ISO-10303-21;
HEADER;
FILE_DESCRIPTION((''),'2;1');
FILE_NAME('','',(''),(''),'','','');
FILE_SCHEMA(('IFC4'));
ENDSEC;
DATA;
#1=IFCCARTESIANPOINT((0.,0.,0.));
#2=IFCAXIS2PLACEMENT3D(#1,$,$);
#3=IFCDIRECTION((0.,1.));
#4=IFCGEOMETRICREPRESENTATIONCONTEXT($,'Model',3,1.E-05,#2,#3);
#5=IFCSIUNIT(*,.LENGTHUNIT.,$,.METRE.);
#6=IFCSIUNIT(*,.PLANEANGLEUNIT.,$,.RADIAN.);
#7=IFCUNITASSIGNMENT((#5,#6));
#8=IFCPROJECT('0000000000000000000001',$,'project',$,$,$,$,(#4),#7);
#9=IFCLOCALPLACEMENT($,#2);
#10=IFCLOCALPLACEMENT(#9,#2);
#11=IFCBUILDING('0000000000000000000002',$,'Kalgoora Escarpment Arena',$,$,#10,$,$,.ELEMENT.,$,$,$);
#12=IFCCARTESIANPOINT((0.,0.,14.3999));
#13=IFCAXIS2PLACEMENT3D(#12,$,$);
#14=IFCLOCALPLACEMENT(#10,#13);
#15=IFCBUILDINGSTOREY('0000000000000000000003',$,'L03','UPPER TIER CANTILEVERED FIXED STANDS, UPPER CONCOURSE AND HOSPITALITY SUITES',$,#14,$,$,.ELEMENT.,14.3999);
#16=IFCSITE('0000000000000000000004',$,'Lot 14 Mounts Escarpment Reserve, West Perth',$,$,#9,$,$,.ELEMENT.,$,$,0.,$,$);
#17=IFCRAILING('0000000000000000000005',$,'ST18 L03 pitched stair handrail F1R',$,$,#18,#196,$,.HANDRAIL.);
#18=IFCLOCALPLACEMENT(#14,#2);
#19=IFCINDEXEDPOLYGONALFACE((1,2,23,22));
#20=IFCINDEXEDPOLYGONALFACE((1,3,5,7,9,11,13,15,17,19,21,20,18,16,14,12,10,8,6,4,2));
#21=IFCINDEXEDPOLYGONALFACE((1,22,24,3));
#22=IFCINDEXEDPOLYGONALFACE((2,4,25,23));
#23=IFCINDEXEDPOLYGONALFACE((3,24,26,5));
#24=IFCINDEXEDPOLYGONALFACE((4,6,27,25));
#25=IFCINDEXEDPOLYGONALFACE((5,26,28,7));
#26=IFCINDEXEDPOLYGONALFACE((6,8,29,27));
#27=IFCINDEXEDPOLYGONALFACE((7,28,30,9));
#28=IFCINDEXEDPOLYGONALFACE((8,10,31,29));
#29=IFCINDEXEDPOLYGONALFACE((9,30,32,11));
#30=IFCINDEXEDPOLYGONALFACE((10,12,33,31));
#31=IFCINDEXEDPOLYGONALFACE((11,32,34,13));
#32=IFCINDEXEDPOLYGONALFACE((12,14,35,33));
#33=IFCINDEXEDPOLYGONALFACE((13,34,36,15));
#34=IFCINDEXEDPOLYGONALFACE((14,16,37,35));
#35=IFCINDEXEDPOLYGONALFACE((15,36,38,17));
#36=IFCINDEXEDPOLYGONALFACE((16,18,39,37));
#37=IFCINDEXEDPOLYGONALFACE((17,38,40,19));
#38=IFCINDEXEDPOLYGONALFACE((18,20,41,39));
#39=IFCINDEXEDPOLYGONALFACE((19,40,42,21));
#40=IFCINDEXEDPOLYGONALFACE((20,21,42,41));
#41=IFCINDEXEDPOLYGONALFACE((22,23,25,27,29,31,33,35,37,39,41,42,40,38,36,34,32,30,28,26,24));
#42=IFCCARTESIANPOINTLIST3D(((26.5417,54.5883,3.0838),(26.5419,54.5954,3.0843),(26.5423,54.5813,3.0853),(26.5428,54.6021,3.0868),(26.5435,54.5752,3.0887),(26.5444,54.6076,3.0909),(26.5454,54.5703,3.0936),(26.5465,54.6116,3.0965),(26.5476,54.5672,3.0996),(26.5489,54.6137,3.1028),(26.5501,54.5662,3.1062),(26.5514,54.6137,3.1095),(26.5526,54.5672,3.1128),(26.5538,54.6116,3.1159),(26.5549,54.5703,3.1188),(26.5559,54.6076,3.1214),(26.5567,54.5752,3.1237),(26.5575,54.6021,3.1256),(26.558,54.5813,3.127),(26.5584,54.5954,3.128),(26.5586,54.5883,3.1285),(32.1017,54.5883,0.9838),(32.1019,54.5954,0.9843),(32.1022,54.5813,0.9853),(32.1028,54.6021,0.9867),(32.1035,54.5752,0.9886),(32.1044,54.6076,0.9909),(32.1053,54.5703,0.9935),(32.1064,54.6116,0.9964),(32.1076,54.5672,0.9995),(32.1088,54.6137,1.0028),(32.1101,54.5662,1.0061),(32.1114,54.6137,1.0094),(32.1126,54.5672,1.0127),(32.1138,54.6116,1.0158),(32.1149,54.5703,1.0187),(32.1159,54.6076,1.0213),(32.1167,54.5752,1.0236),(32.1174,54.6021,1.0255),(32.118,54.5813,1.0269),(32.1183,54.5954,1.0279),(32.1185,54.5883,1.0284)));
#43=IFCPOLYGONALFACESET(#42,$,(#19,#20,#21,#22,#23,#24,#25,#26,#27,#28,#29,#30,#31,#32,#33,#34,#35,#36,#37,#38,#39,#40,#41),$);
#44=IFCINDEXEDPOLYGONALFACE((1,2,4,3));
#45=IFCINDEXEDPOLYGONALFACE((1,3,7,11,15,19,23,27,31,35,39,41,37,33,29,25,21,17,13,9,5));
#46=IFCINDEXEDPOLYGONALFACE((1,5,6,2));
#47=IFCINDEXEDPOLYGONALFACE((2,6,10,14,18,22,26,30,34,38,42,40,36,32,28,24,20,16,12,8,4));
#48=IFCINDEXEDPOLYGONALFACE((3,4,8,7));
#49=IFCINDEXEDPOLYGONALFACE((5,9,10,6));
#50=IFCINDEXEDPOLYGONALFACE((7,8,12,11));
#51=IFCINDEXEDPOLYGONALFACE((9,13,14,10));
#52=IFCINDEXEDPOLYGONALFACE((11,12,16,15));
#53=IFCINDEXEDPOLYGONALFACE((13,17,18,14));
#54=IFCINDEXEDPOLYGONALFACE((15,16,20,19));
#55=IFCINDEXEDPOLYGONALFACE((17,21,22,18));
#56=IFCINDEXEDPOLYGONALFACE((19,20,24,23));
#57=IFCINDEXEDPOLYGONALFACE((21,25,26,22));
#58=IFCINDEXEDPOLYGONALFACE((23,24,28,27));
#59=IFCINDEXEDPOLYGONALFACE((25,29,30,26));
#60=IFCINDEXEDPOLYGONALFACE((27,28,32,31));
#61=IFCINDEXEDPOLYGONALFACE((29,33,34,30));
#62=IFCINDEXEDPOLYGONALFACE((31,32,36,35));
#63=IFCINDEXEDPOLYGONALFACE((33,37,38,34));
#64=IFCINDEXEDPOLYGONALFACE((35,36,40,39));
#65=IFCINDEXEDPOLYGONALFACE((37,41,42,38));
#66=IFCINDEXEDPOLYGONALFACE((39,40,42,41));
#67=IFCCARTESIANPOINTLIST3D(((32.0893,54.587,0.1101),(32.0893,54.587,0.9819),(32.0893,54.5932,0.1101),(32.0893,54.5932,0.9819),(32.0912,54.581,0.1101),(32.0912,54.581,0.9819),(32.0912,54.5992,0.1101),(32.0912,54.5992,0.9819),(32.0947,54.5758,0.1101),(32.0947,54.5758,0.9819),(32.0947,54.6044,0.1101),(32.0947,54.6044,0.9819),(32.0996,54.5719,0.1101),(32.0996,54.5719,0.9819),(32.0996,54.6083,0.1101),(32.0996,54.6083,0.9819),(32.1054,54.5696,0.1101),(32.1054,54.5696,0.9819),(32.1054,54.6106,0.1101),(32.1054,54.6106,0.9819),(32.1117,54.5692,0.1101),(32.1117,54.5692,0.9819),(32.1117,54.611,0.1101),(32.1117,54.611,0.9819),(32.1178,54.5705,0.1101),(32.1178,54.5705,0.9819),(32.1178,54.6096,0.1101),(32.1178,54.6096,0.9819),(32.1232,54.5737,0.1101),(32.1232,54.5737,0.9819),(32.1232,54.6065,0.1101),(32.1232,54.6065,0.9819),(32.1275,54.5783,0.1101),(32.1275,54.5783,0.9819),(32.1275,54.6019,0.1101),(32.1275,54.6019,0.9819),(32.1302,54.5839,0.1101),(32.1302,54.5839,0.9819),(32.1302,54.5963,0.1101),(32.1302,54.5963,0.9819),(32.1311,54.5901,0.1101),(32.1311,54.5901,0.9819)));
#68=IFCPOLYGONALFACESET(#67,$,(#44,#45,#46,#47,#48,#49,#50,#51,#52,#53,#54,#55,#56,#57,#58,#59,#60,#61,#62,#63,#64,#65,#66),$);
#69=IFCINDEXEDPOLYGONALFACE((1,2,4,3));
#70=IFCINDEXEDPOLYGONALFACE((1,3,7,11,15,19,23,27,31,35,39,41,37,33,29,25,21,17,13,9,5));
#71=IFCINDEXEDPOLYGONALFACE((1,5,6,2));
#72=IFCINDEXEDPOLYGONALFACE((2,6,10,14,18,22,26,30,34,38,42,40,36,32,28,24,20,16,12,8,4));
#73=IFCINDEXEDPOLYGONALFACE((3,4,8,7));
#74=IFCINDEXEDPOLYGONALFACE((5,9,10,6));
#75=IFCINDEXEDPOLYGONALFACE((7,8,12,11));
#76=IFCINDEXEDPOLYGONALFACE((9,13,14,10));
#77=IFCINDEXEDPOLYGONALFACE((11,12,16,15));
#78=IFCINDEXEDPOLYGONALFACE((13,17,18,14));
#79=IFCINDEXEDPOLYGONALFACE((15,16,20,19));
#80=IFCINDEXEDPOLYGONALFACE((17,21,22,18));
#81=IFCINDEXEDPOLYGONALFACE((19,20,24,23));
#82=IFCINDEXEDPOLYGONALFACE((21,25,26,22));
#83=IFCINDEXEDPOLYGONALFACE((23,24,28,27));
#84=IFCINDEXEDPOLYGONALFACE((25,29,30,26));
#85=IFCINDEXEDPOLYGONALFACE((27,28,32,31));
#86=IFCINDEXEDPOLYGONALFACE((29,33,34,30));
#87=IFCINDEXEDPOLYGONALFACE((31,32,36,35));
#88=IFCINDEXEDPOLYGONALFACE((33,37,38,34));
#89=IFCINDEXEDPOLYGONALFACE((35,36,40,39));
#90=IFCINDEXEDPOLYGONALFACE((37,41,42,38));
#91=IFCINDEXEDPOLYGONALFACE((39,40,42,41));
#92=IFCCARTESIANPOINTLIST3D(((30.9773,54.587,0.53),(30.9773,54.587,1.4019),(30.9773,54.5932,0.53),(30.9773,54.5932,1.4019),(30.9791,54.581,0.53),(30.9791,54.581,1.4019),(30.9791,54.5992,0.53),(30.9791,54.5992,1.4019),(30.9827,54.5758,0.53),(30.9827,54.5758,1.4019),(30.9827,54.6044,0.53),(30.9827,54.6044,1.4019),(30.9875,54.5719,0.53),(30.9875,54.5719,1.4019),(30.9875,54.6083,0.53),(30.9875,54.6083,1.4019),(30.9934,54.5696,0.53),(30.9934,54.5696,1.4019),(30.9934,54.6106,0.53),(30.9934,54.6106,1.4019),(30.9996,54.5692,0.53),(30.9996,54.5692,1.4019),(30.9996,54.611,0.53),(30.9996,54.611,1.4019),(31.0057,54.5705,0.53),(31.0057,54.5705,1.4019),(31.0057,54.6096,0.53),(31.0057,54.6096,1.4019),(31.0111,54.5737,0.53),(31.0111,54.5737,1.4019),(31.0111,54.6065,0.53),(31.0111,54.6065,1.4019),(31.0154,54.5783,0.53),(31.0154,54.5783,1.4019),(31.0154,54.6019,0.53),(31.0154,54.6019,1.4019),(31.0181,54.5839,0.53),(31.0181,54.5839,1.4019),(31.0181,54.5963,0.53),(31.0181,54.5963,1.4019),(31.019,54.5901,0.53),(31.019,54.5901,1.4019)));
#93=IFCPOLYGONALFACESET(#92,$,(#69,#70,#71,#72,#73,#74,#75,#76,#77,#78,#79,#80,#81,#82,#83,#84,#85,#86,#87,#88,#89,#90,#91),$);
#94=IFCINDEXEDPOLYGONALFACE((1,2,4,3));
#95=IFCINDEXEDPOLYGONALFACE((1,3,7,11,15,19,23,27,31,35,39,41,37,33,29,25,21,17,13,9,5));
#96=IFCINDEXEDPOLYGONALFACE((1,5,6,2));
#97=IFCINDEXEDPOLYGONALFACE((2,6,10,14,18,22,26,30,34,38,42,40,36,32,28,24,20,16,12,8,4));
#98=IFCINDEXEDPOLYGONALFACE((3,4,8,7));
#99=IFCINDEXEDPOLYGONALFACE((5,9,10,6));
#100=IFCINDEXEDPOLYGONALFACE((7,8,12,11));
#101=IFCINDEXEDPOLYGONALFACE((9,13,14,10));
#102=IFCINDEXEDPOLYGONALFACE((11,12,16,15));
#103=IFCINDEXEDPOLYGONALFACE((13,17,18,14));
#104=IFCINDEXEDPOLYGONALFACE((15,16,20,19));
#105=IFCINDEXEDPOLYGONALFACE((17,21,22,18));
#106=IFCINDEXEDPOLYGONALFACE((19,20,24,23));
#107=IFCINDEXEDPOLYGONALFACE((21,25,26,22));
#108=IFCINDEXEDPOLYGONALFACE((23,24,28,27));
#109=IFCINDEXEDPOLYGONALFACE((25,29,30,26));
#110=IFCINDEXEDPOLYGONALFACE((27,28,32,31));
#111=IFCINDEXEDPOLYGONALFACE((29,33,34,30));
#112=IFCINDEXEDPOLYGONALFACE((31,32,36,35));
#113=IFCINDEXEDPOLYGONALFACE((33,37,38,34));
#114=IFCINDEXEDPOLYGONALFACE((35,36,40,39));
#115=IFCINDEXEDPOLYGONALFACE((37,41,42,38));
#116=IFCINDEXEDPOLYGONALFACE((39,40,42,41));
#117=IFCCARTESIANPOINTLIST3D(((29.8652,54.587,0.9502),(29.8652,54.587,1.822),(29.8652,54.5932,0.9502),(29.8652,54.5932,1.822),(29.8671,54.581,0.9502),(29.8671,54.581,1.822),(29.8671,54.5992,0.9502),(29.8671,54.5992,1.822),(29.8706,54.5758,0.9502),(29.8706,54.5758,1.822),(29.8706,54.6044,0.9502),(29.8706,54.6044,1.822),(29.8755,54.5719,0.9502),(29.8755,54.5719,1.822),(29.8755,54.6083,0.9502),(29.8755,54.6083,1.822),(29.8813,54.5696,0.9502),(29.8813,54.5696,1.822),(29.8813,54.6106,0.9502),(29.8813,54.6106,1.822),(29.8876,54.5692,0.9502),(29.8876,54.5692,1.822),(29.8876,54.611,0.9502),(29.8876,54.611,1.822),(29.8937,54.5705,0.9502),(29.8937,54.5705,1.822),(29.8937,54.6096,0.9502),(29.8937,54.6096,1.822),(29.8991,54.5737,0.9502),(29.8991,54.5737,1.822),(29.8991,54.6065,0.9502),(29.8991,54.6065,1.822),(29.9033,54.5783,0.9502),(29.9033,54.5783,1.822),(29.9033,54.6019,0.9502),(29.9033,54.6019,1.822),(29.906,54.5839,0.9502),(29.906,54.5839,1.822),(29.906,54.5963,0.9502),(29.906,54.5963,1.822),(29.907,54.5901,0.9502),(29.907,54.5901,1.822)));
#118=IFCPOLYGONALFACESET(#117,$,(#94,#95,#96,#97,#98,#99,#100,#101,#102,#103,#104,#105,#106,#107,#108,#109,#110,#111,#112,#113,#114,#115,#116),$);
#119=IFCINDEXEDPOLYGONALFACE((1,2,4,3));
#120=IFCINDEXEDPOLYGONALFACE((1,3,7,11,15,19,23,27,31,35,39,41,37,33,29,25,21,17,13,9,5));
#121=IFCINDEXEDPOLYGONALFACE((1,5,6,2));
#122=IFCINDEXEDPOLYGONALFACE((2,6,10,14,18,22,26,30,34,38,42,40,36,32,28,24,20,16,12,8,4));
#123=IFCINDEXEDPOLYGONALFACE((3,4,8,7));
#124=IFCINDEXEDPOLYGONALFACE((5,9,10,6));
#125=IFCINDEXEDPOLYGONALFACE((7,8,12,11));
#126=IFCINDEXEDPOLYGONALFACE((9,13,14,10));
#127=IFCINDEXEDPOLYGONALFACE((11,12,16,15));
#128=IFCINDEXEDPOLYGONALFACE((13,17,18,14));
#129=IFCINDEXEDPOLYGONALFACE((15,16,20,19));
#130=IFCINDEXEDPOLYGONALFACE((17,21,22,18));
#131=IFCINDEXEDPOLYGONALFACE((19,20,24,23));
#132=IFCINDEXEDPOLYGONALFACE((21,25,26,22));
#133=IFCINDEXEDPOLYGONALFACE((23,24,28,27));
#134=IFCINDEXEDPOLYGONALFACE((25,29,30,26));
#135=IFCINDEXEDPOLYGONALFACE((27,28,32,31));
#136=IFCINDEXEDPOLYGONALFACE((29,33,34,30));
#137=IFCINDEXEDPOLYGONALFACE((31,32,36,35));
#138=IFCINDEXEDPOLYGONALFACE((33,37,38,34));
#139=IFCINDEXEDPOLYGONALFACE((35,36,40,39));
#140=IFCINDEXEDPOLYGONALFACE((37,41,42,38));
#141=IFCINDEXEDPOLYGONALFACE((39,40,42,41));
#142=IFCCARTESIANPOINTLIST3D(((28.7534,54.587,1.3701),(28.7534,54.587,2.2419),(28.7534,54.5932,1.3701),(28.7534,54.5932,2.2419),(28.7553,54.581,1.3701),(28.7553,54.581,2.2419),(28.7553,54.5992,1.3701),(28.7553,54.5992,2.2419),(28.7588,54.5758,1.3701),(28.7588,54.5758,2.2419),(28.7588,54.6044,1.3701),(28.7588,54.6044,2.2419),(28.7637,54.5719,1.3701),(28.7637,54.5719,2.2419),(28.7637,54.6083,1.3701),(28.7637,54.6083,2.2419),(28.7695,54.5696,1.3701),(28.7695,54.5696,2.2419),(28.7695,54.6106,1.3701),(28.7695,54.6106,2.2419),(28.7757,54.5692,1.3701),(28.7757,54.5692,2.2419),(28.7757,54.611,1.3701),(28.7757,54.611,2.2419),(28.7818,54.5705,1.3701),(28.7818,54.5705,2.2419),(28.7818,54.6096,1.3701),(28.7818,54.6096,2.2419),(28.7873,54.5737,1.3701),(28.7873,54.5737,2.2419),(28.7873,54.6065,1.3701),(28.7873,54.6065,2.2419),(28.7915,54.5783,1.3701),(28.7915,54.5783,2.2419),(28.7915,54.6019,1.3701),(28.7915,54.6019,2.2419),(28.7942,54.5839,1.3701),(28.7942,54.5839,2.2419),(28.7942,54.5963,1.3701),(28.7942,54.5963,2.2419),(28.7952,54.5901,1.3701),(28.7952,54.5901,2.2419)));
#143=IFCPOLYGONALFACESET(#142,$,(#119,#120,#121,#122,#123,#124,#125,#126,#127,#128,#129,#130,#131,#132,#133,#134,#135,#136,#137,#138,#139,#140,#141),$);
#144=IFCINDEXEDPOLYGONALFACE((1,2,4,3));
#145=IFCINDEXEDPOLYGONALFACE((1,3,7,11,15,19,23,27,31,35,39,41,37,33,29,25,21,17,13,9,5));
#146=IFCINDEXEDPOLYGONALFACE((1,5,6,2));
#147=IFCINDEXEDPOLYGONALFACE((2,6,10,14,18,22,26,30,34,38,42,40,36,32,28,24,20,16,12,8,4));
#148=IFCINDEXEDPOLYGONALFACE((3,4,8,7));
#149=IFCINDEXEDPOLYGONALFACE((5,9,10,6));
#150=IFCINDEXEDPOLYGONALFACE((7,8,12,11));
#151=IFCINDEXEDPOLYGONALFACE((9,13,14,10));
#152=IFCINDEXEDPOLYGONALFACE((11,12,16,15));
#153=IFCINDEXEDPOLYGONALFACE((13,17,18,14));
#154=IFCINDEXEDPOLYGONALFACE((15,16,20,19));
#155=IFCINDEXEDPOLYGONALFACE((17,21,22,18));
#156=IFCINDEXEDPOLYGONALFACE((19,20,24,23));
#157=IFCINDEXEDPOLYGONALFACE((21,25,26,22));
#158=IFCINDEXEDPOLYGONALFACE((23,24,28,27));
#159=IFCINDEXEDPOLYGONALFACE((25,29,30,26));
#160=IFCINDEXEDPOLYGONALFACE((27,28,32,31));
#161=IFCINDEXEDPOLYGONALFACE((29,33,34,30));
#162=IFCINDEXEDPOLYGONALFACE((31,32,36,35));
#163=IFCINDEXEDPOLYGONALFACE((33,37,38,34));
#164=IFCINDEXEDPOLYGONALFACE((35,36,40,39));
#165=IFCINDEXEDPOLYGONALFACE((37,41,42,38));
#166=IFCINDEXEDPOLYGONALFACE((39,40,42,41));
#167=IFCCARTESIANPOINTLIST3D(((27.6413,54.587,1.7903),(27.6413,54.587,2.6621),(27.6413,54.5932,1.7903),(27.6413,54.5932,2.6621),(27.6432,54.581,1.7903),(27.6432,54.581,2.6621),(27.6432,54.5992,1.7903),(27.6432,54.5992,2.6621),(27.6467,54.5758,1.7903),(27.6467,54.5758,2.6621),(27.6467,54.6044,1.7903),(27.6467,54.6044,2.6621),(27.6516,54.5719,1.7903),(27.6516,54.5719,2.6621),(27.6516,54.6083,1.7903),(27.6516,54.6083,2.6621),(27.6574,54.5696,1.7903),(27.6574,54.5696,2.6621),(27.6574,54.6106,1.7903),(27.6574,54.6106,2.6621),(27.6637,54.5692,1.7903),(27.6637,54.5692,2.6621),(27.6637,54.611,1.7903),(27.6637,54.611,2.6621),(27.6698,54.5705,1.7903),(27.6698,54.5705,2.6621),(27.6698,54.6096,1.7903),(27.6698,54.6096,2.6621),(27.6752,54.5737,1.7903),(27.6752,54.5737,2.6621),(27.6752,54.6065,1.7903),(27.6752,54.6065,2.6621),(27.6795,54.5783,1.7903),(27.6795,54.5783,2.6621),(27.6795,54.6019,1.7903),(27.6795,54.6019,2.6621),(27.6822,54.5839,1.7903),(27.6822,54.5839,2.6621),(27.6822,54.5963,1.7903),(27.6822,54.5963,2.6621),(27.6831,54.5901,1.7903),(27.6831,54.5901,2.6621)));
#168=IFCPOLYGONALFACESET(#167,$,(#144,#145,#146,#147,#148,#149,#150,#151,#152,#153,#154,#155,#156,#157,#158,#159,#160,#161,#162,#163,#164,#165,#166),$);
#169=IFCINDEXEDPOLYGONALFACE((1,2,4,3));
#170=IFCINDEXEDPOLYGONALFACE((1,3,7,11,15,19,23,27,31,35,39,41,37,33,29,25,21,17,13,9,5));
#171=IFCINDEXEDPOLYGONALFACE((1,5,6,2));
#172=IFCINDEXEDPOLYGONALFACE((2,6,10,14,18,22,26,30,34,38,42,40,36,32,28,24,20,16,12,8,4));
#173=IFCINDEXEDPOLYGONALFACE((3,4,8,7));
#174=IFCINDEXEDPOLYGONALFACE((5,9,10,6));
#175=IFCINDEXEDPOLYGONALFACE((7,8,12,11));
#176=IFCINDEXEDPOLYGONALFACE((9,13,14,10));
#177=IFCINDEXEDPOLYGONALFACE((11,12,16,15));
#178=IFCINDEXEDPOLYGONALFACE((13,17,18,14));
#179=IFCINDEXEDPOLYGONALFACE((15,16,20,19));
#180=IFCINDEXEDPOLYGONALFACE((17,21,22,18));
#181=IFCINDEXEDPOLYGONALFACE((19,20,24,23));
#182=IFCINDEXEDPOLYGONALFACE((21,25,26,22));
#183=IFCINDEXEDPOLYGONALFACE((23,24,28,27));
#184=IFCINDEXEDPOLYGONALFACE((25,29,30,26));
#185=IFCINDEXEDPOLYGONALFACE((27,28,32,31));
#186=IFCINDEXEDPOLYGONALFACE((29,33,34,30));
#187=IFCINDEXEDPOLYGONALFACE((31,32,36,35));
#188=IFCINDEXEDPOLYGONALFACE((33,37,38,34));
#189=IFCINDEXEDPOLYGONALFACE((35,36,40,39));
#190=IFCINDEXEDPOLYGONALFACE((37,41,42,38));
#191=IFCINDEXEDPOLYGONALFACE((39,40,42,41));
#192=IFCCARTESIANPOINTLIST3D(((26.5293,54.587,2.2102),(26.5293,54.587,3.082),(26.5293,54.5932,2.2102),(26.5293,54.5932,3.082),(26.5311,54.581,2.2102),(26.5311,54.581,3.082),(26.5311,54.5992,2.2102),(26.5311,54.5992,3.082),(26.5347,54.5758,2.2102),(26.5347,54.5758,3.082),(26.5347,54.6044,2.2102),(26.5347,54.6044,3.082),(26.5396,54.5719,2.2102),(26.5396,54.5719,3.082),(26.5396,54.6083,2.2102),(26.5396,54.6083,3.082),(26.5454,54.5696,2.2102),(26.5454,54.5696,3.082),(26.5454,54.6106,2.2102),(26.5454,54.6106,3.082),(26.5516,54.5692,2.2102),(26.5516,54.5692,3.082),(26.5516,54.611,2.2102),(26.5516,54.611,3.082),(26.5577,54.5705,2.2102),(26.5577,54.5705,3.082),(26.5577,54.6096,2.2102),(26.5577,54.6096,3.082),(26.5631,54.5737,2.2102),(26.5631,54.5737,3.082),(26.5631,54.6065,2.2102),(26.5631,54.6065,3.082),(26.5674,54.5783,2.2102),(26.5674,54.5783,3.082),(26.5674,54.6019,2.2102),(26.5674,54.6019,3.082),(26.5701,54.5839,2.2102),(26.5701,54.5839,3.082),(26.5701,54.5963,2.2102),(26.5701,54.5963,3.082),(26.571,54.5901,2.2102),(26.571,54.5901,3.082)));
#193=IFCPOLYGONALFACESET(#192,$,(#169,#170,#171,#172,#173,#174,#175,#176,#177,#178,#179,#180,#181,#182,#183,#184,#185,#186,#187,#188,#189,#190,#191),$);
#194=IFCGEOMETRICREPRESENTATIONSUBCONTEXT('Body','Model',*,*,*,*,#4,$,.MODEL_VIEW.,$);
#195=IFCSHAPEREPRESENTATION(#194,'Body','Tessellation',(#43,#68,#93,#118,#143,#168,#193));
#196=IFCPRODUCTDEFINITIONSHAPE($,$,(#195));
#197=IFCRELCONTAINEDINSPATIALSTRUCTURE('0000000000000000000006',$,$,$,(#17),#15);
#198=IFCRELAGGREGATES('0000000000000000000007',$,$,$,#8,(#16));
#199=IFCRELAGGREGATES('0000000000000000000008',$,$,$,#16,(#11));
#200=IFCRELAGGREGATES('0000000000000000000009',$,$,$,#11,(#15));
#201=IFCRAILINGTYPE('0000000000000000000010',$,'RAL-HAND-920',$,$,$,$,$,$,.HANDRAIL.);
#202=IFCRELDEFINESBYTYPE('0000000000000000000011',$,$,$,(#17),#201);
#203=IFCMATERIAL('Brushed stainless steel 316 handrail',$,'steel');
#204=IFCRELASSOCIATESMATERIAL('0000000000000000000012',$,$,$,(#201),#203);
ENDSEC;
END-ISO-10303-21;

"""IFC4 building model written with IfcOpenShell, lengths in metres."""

from ifc_helpers import new_model, si_unit, direction, frame, origin, origin_2d, place, context, subcontext, project, spatial, circle, extrude, material, type_object, element, save


model = new_model("IFC4")

# Units and contexts
model_context = context("Model", 3, precision=1e-05, world=origin(), true_north=direction((0.0, 1.0)))
body_context = subcontext(model_context, "Body", "Model", "MODEL_VIEW")
ifc_project = project(units=[si_unit("LENGTHUNIT", "METRE"), si_unit("PLANEANGLEUNIT", "RADIAN")], contexts=[model_context])

# Site, building, storey
site_placement = place(None, origin())
site = spatial("IfcSite", under=ifc_project, at=site_placement, Name="Lot 14 Mounts Escarpment Reserve, West Perth", CompositionType="ELEMENT", RefElevation=0.0)
building_placement = place(site_placement, origin())
building = spatial("IfcBuilding", under=site, at=building_placement, Name="Kalgoora Escarpment Arena", CompositionType="ELEMENT")
storey_placement = place(building_placement, frame((0.0, 0.0, 14.3999)))
storey = spatial("IfcBuildingStorey", under=building, at=storey_placement, Name="L03", Description="UPPER TIER CANTILEVERED FIXED STANDS, UPPER CONCOURSE AND HOSPITALITY SUITES", CompositionType="ELEMENT", Elevation=14.3999)

# Railing
ifc_material_1 = material(Name="Brushed stainless steel 316 handrail", Category="steel")
railing_type_1 = type_object("IfcRailingType", Name="RAL-HAND-920", PredefinedType="HANDRAIL", material=ifc_material_1)
for number, where, name in (
    (1, (32.1101, 54.5901, 0.1101), "ST18 L03 pitched stair handrail F1R"),
):
    element("IfcRailing", number, at=place(storey_placement, frame(where)), inside=storey, type_object=railing_type_1, Name=name, PredefinedType="HANDRAIL", context=body_context, shape_type="SweptSolid", body=[
        extrude(circle(Radius=0.0239, at=origin_2d()), frame((0.0, 0.0, 0.896), z_axis=(-0.935493, 0.0, 0.353346), x_axis=(0.0, -1.0, 0.0)), (0.0, 0.0, 1.0), 5.9434),
        extrude(circle(Radius=0.021, at=origin_2d()), origin(), (0.0, 0.0, 1.0), 0.8718),
        extrude(circle(Radius=0.021, at=origin_2d()), frame((-1.1121, 0.0, 0.4199)), (0.0, 0.0, 1.0), 0.8718),
        extrude(circle(Radius=0.021, at=origin_2d()), frame((-2.2241, 0.0, 0.8401)), (0.0, 0.0, 1.0), 0.8718),
        extrude(circle(Radius=0.021, at=origin_2d()), frame((-3.3359, 0.0, 1.26)), (0.0, 0.0, 1.0), 0.8718),
        extrude(circle(Radius=0.021, at=origin_2d()), frame((-4.448, 0.0, 1.6802)), (0.0, 0.0, 1.0), 0.8718),
        extrude(circle(Radius=0.021, at=origin_2d()), frame((-5.5601, 0.0, 2.1001)), (0.0, 0.0, 1.0), 0.8718),
    ])

save(model, "model.ifc")
